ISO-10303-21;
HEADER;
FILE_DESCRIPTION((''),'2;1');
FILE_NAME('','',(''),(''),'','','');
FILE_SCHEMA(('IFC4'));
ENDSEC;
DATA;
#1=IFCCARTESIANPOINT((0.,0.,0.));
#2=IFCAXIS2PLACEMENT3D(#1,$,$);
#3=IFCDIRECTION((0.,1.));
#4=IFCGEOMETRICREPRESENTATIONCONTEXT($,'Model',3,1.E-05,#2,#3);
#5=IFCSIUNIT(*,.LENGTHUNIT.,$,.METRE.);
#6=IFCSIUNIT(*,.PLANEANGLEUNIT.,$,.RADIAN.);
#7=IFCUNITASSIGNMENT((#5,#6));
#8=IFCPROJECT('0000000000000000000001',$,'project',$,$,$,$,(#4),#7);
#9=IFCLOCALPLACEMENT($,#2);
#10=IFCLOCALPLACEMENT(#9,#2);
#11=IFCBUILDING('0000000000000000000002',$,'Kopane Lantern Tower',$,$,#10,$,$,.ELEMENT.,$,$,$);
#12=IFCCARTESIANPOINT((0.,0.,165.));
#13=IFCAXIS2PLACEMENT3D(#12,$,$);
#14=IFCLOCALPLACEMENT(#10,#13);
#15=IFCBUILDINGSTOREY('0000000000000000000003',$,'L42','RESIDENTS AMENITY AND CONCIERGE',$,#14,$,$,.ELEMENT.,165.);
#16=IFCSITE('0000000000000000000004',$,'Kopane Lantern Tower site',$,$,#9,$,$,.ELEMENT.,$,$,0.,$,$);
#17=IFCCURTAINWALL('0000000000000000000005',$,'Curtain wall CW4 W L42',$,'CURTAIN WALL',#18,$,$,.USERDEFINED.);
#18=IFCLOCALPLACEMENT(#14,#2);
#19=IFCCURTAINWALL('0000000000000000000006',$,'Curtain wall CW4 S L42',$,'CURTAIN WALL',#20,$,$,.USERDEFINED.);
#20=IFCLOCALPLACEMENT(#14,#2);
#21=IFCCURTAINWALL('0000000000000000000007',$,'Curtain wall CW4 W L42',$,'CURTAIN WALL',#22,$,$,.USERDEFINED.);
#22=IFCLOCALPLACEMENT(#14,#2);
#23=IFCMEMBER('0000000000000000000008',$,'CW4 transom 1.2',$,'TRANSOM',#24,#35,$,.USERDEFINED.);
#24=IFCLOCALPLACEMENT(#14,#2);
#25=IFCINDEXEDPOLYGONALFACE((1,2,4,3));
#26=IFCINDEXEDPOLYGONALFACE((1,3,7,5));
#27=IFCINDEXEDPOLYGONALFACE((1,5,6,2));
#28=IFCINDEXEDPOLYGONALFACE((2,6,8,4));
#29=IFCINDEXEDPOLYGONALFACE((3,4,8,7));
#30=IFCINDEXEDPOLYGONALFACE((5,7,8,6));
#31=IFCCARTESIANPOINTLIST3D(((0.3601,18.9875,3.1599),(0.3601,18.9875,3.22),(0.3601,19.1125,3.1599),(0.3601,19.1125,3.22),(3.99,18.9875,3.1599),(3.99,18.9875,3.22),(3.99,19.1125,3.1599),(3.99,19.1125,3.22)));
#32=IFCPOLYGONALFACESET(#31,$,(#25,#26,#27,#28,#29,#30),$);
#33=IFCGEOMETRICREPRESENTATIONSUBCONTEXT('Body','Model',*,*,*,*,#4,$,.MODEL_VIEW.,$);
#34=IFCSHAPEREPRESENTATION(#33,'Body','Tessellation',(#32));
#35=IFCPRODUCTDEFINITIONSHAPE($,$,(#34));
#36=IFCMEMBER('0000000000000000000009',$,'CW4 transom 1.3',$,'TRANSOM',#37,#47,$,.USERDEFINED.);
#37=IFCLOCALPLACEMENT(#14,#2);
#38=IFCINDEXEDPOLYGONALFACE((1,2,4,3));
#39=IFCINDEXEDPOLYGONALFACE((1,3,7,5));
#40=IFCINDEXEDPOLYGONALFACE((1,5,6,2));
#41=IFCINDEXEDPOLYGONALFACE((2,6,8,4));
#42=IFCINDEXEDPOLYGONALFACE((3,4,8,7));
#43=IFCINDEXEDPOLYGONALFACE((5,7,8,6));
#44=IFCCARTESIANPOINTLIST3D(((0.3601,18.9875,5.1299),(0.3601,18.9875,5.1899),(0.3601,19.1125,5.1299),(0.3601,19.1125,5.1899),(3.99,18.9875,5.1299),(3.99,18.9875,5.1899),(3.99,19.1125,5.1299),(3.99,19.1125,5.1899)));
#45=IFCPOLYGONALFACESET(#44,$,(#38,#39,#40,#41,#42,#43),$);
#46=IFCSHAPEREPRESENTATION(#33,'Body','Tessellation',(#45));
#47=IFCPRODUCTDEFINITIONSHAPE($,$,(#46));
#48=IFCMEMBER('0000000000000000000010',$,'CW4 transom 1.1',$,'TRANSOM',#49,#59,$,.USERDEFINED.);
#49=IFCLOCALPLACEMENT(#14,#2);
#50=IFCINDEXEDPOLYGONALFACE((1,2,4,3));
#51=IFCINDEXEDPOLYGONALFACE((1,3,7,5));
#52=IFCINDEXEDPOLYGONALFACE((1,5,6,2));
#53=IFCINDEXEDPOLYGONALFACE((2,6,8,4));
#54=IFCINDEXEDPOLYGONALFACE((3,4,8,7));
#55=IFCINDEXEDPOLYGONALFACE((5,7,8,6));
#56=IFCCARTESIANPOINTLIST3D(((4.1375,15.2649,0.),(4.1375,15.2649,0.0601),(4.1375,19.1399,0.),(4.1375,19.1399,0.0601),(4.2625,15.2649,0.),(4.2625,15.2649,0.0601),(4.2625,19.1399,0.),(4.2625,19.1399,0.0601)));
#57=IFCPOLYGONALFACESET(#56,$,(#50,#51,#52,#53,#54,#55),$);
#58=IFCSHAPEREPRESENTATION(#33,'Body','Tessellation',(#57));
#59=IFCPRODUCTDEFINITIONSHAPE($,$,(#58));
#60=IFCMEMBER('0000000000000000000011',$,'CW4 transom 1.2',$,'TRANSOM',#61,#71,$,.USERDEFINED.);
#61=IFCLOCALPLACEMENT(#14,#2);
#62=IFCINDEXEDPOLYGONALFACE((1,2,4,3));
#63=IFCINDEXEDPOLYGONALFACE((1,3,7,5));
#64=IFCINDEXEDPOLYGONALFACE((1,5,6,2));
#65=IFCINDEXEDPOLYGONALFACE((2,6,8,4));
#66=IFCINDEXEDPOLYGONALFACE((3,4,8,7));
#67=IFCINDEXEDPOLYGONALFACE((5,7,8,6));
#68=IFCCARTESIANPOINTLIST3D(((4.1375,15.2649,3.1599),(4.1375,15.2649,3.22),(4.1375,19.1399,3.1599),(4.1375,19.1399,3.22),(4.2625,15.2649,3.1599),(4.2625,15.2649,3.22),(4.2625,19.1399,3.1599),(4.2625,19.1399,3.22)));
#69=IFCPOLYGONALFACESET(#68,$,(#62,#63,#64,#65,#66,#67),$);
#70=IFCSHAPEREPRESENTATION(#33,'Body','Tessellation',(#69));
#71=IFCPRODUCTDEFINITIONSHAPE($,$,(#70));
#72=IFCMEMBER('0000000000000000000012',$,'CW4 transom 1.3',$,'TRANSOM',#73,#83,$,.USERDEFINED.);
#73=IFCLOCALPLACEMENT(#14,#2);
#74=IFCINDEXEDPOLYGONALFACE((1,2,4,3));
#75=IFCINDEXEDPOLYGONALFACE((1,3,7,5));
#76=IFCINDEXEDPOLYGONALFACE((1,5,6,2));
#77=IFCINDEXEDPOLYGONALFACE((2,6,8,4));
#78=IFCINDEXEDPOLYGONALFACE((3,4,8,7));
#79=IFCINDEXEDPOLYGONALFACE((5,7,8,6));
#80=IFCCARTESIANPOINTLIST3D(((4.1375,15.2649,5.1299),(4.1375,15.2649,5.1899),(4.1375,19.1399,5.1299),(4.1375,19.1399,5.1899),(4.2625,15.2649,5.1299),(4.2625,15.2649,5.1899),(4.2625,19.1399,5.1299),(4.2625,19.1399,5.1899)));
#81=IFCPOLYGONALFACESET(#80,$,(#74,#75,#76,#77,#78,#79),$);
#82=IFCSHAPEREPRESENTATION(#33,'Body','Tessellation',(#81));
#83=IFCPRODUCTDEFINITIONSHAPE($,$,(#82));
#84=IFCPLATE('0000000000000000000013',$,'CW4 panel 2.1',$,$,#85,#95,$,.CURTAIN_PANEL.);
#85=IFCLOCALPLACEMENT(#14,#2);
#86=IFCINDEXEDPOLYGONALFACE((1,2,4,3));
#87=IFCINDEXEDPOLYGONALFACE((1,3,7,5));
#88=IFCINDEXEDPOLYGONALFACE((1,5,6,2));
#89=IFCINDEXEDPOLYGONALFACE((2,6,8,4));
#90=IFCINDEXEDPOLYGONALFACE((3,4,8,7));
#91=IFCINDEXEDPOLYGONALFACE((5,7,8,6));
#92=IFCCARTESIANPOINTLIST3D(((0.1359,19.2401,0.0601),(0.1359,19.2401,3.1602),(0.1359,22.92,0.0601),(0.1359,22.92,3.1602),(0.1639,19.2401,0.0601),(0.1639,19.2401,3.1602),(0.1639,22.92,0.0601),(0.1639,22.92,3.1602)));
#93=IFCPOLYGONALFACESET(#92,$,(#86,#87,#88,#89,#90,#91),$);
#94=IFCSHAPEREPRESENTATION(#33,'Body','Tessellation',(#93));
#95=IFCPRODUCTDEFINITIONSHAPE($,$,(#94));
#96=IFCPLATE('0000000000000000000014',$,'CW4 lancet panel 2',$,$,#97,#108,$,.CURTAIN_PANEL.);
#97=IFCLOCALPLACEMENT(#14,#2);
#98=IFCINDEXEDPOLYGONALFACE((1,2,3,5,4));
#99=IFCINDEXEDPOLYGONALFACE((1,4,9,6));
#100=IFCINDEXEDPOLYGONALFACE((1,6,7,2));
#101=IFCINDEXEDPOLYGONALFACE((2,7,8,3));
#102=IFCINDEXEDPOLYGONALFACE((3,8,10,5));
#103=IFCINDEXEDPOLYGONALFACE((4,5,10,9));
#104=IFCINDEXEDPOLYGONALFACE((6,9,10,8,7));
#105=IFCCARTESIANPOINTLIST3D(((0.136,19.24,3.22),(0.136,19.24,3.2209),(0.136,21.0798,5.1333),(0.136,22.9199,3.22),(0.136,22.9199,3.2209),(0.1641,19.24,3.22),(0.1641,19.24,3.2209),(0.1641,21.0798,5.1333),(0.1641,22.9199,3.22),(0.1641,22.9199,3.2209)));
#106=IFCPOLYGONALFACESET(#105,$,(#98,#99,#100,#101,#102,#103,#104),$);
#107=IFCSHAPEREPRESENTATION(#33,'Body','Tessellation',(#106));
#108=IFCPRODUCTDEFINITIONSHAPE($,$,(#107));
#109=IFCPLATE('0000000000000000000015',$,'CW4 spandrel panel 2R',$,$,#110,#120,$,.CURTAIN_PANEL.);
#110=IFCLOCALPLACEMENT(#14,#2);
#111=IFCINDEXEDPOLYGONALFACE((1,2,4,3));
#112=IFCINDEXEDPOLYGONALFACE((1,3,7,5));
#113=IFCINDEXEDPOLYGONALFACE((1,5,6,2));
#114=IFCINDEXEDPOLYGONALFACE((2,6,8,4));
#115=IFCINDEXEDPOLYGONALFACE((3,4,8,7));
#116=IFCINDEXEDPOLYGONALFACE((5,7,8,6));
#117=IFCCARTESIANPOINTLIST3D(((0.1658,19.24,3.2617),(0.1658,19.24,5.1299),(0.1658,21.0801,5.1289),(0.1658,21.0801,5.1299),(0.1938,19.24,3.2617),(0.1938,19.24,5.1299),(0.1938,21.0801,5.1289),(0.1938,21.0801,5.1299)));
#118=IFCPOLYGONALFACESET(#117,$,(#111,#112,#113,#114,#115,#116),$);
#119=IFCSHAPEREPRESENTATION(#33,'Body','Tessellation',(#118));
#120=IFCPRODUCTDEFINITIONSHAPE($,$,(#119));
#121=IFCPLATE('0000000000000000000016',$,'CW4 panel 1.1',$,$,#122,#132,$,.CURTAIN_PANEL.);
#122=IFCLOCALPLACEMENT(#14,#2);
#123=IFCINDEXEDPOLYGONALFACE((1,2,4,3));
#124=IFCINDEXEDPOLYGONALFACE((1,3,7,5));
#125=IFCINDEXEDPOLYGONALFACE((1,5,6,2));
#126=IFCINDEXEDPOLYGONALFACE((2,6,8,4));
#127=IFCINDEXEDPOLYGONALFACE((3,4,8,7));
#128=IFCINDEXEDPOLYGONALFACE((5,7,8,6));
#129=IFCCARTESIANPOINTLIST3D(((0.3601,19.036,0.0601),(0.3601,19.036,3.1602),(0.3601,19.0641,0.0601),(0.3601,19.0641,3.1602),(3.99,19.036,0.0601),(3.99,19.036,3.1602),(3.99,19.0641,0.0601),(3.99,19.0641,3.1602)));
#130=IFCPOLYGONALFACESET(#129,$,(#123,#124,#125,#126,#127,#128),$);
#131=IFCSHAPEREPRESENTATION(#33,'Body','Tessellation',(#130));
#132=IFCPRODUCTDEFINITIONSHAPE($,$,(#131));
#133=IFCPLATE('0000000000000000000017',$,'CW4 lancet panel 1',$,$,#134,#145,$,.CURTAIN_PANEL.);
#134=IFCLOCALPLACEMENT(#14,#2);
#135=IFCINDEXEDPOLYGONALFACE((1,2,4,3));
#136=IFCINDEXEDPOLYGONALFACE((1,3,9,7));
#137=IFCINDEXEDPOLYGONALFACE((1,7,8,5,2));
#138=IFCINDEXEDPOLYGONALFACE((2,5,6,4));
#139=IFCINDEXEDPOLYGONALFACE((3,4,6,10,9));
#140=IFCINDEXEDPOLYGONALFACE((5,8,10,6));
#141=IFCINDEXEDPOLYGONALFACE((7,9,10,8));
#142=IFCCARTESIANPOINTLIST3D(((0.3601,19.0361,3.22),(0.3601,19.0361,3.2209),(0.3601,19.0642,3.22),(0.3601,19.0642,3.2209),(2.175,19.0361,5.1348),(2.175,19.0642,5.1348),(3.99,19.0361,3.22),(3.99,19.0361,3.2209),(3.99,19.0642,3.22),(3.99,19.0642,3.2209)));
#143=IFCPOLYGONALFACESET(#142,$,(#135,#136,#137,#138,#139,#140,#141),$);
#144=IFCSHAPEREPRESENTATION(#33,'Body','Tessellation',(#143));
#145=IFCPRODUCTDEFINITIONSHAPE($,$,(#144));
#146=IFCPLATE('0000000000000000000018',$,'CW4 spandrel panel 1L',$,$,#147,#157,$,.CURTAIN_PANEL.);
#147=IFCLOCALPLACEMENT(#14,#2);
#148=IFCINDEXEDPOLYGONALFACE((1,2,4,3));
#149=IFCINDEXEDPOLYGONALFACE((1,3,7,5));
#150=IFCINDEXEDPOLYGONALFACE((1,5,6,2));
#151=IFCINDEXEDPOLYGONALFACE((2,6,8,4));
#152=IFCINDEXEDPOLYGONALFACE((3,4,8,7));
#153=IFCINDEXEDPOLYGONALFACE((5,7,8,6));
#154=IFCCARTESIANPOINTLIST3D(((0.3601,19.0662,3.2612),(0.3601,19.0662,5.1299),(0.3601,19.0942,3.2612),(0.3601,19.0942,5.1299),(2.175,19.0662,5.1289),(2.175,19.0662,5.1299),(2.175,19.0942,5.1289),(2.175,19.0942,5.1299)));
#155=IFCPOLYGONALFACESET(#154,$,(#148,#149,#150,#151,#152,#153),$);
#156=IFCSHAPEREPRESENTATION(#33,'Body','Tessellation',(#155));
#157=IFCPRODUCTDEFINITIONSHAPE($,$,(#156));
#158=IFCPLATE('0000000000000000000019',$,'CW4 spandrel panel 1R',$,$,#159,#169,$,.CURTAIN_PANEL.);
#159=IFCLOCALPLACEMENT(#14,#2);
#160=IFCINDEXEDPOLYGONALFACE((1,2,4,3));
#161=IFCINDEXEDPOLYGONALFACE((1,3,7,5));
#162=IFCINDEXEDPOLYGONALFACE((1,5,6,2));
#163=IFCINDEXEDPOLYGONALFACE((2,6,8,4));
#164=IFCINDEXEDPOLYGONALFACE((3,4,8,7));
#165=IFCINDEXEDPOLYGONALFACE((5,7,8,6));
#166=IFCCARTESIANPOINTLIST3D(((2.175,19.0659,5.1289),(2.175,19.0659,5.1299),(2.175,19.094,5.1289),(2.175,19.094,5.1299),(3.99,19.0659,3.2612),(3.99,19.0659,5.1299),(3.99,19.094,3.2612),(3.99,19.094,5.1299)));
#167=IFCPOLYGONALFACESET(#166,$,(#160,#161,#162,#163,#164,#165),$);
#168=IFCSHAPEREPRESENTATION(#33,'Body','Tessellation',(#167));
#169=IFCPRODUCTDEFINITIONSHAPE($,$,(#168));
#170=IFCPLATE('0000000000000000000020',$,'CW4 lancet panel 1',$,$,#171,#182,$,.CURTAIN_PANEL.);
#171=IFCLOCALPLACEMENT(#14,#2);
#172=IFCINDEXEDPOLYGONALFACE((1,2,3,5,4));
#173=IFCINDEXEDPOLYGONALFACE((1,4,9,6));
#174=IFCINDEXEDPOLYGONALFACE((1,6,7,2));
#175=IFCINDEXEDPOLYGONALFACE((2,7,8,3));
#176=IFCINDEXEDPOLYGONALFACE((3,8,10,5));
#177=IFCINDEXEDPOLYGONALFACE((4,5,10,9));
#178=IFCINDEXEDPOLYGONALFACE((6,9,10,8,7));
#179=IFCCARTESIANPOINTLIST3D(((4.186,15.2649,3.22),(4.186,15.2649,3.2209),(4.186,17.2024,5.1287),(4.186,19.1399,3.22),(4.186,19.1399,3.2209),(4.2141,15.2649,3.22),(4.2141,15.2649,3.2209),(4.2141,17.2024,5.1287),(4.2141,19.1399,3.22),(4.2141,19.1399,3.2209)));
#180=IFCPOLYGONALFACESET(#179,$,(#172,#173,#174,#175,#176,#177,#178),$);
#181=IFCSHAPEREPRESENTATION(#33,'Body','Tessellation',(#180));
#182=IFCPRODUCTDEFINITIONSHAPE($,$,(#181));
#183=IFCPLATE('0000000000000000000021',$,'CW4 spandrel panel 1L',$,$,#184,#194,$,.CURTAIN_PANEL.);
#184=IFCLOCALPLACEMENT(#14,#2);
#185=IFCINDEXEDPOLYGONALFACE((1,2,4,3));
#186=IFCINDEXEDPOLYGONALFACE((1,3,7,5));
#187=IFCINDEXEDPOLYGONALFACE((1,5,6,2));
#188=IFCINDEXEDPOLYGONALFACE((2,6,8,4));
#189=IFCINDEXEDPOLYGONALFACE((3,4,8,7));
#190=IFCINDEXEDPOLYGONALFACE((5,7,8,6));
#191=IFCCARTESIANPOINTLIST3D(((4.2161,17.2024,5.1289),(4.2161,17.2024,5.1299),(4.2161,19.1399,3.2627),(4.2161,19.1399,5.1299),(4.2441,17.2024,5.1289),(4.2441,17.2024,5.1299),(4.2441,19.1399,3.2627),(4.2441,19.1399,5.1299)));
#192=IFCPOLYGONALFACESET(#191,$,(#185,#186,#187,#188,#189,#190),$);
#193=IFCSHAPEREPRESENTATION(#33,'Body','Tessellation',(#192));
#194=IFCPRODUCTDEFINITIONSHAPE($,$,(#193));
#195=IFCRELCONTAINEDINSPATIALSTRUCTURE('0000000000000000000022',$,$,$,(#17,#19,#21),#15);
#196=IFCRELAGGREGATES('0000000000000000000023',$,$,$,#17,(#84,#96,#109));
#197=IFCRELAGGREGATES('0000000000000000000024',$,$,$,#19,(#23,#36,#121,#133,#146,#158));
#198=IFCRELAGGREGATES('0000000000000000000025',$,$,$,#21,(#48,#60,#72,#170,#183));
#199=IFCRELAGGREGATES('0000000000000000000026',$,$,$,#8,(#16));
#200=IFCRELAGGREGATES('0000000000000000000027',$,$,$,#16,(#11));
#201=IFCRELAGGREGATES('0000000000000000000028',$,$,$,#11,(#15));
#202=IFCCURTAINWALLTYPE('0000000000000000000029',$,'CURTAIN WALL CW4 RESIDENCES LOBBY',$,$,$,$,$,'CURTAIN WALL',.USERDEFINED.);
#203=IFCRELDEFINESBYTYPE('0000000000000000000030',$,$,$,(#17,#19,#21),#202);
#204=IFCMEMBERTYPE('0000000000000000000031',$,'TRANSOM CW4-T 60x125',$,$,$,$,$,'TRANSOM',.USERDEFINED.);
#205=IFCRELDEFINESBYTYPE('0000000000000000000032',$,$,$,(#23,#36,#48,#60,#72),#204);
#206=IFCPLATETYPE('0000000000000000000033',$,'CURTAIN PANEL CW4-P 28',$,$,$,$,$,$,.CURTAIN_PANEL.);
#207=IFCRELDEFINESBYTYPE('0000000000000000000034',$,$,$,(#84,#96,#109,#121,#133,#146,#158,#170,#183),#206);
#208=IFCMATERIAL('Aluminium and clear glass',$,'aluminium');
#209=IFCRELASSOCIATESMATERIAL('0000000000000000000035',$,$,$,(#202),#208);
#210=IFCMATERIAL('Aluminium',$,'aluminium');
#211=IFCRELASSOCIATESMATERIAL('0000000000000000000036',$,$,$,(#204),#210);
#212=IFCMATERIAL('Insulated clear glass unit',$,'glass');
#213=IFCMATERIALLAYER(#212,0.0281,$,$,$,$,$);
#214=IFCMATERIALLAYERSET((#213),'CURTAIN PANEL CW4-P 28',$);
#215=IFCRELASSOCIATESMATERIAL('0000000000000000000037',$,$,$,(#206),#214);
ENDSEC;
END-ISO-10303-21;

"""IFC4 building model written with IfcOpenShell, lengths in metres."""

from ifc_helpers import new_model, si_unit, direction, frame, origin, origin_2d, place, context, subcontext, project, spatial, polyline, rectangle, outline, extrude, material, layer, layer_set, material_profile, profile_set, type_object, element, aggregate, save


model = new_model("IFC4")

# Units and contexts
model_context = context("Model", 3, precision=1e-05, world=origin(), true_north=direction((0.0, 1.0)))
body_context = subcontext(model_context, "Body", "Model", "MODEL_VIEW")
ifc_project = project(units=[si_unit("LENGTHUNIT", "METRE"), si_unit("PLANEANGLEUNIT", "RADIAN")], contexts=[model_context])

# Site, building, storey
site_placement = place(None, origin())
site = spatial("IfcSite", under=ifc_project, at=site_placement, Name="Kopane Lantern Tower site", CompositionType="ELEMENT", RefElevation=0.0)
building_placement = place(site_placement, origin())
building = spatial("IfcBuilding", under=site, at=building_placement, Name="Kopane Lantern Tower", CompositionType="ELEMENT")
storey_placement = place(building_placement, frame((0.0, 0.0, 165.0)))
storey = spatial("IfcBuildingStorey", under=building, at=storey_placement, Name="L42", Description="RESIDENTS AMENITY AND CONCIERGE", CompositionType="ELEMENT", Elevation=165.0)

# Curtain walls
ifc_material_1 = material(Name="Aluminium and clear glass", Category="aluminium")
curtain_wall_type = type_object("IfcCurtainWallType", Name="CURTAIN WALL CW4 RESIDENCES LOBBY", ElementType="CURTAIN WALL", PredefinedType="USERDEFINED", material=ifc_material_1)
curtain_wall_1_placement = place(storey_placement, origin())
curtain_wall_1 = element("IfcCurtainWall", 1, at=curtain_wall_1_placement, inside=storey, type_object=curtain_wall_type, Name="Curtain wall CW4 W L42", ObjectType="CURTAIN WALL", PredefinedType="USERDEFINED")
curtain_wall_2_placement = place(storey_placement, origin())
curtain_wall_2 = element("IfcCurtainWall", 2, at=curtain_wall_2_placement, inside=storey, type_object=curtain_wall_type, Name="Curtain wall CW4 S L42", ObjectType="CURTAIN WALL", PredefinedType="USERDEFINED")
curtain_wall_3_placement = place(storey_placement, origin())
curtain_wall_3 = element("IfcCurtainWall", 3, at=curtain_wall_3_placement, inside=storey, type_object=curtain_wall_type, Name="Curtain wall CW4 W L42", ObjectType="CURTAIN WALL", PredefinedType="USERDEFINED")

# Members
ifc_material_2 = material(Name="Aluminium", Category="aluminium")
ifc_material_profile_1 = material_profile(ifc_material_2, rectangle(XDim=0.125, YDim=0.0601, at=origin_2d()), Name="AL 125x60")
ifc_profile_set_1 = profile_set([ifc_material_profile_1], Name="Aluminium")
member_type_1 = type_object("IfcMemberType", Name="TRANSOM CW4-T 60x125", ElementType="TRANSOM", PredefinedType="USERDEFINED", material=ifc_profile_set_1)
member_1_placement = place(storey_placement, frame((0.3601, 19.05, 3.1899), z_axis=(1.0, 0.0, 0.0), x_axis=(0.0, 1.0, 0.0)))
member_1 = element("IfcMember", 4, at=member_1_placement, type_object=member_type_1, Name="CW4 transom 1.2", ObjectType="TRANSOM", PredefinedType="USERDEFINED", context=body_context, shape_type="SweptSolid", body=[
    extrude(rectangle(XDim=0.125, YDim=0.0601, at=origin_2d()), origin(), (0.0, 0.0, 1.0), 3.6299),
])
member_2_placement = place(storey_placement, frame((0.3601, 19.05, 5.1599), z_axis=(1.0, 0.0, 0.0), x_axis=(0.0, 1.0, 0.0)))
member_2 = element("IfcMember", 5, at=member_2_placement, type_object=member_type_1, Name="CW4 transom 1.3", ObjectType="TRANSOM", PredefinedType="USERDEFINED", context=body_context, shape_type="SweptSolid", body=[
    extrude(rectangle(XDim=0.125, YDim=0.0601, at=origin_2d()), origin(), (0.0, 0.0, 1.0), 3.6299),
])
member_3_placement = place(storey_placement, frame((4.2, 19.1399, 0.03), z_axis=(0.0, -1.0, 0.0), x_axis=(1.0, 0.0, 0.0)))
member_3 = element("IfcMember", 6, at=member_3_placement, type_object=member_type_1, Name="CW4 transom 1.1", ObjectType="TRANSOM", PredefinedType="USERDEFINED", context=body_context, shape_type="SweptSolid", body=[
    extrude(rectangle(XDim=0.125, YDim=0.0601, at=origin_2d()), origin(), (0.0, 0.0, 1.0), 3.875),
])
member_4_placement = place(storey_placement, frame((4.2, 19.1399, 3.1899), z_axis=(0.0, -1.0, 0.0), x_axis=(1.0, 0.0, 0.0)))
member_4 = element("IfcMember", 7, at=member_4_placement, type_object=member_type_1, Name="CW4 transom 1.2", ObjectType="TRANSOM", PredefinedType="USERDEFINED", context=body_context, shape_type="SweptSolid", body=[
    extrude(rectangle(XDim=0.125, YDim=0.0601, at=origin_2d()), origin(), (0.0, 0.0, 1.0), 3.875),
])
member_5_placement = place(storey_placement, frame((4.2, 19.1399, 5.1599), z_axis=(0.0, -1.0, 0.0), x_axis=(1.0, 0.0, 0.0)))
member_5 = element("IfcMember", 8, at=member_5_placement, type_object=member_type_1, Name="CW4 transom 1.3", ObjectType="TRANSOM", PredefinedType="USERDEFINED", context=body_context, shape_type="SweptSolid", body=[
    extrude(rectangle(XDim=0.125, YDim=0.0601, at=origin_2d()), origin(), (0.0, 0.0, 1.0), 3.875),
])

# Plates
ifc_material_3 = material(Name="Insulated clear glass unit", Category="glass")
ifc_layer = layer(ifc_material_3, 0.0281)
ifc_layer_set = layer_set([ifc_layer], Name="CURTAIN PANEL CW4-P 28")
plate_type = type_object("IfcPlateType", Name="CURTAIN PANEL CW4-P 28", PredefinedType="CURTAIN_PANEL", material=ifc_layer_set)
plate_1_placement = place(storey_placement, frame((0.1499, 21.0801, 0.0601), z_axis=(0.0, 0.0, 1.0), x_axis=(0.0, -1.0, 0.0)))
plate_1 = element("IfcPlate", 9, at=plate_1_placement, type_object=plate_type, Name="CW4 panel 2.1", PredefinedType="CURTAIN_PANEL", context=body_context, shape_type="SweptSolid", body=[
    extrude(rectangle(XDim=3.6799, YDim=0.0281, at=origin_2d()), origin(), (0.0, 0.0, 1.0), 3.1001),
])
plate_2_placement = place(storey_placement, frame((0.1499, 22.9199, 3.22), z_axis=(0.0, 0.0, 1.0), x_axis=(0.0, -1.0, 0.0)))
plate_2 = element("IfcPlate", 10, at=plate_2_placement, type_object=plate_type, Name="CW4 lancet panel 2", PredefinedType="CURTAIN_PANEL", context=body_context, shape_type="SweptSolid", body=[
    extrude(outline(polyline([(0.0, 0.0), (3.6799, 0.0), (3.6799, 0.001), (1.8401, 1.9133), (0.0, 0.001), (0.0, 0.0)])), frame((0.0, 0.0142, 0.0), z_axis=(0.0, -1.0, 0.0), x_axis=(1.0, 0.0, 0.0)), (0.0, 0.0, 1.0), 0.0281),
])
plate_3_placement = place(storey_placement, frame((0.1799, 19.24, 5.1299), z_axis=(0.0, 0.0, 1.0), x_axis=(0.0, 1.0, 0.0)))
plate_3 = element("IfcPlate", 11, at=plate_3_placement, type_object=plate_type, Name="CW4 spandrel panel 2R", PredefinedType="CURTAIN_PANEL", context=body_context, shape_type="SweptSolid", body=[
    extrude(outline(polyline([(0.0, 0.0), (1.8401, 0.0), (1.8401, -0.001), (0.0, -1.8682), (0.0, 0.0)])), frame((0.0, 0.0142, 0.0), z_axis=(0.0, -1.0, 0.0), x_axis=(1.0, 0.0, 0.0)), (0.0, 0.0, 1.0), 0.0281),
])
aggregate(curtain_wall_1, [plate_1, plate_2, plate_3])
plate_4_placement = place(storey_placement, frame((2.175, 19.05, 0.0601), z_axis=(0.0, 0.0, 1.0), x_axis=(1.0, 0.0, 0.0)))
plate_4 = element("IfcPlate", 12, at=plate_4_placement, type_object=plate_type, Name="CW4 panel 1.1", PredefinedType="CURTAIN_PANEL", context=body_context, shape_type="SweptSolid", body=[
    extrude(rectangle(XDim=3.6299, YDim=0.0281, at=origin_2d()), origin(), (0.0, 0.0, 1.0), 3.1001),
])
plate_5_placement = place(storey_placement, frame((0.3601, 19.05, 3.22), z_axis=(0.0, 0.0, 1.0), x_axis=(1.0, 0.0, 0.0)))
plate_5 = element("IfcPlate", 13, at=plate_5_placement, type_object=plate_type, Name="CW4 lancet panel 1", PredefinedType="CURTAIN_PANEL", context=body_context, shape_type="SweptSolid", body=[
    extrude(outline(polyline([(0.0, 0.0), (3.6299, 0.0), (3.6299, 0.001), (1.8149, 1.9148), (0.0, 0.001), (0.0, 0.0)])), frame((0.0, 0.0142, 0.0), z_axis=(0.0, -1.0, 0.0), x_axis=(1.0, 0.0, 0.0)), (0.0, 0.0, 1.0), 0.0281),
])
plate_6_placement = place(storey_placement, frame((0.3601, 19.0801, 5.1299), z_axis=(0.0, 0.0, 1.0), x_axis=(1.0, 0.0, 0.0)))
plate_6 = element("IfcPlate", 14, at=plate_6_placement, type_object=plate_type, Name="CW4 spandrel panel 1L", PredefinedType="CURTAIN_PANEL", context=body_context, shape_type="SweptSolid", body=[
    extrude(outline(polyline([(0.0, 0.0), (1.8149, 0.0), (1.8149, -0.001), (0.0, -1.8687), (0.0, 0.0)])), frame((0.0, 0.0142, 0.0), z_axis=(0.0, -1.0, 0.0), x_axis=(1.0, 0.0, 0.0)), (0.0, 0.0, 1.0), 0.0281),
])
plate_7_placement = place(storey_placement, frame((3.99, 19.0801, 5.1299), z_axis=(0.0, 0.0, 1.0), x_axis=(-1.0, 0.0, 0.0)))
plate_7 = element("IfcPlate", 15, at=plate_7_placement, type_object=plate_type, Name="CW4 spandrel panel 1R", PredefinedType="CURTAIN_PANEL", context=body_context, shape_type="SweptSolid", body=[
    extrude(outline(polyline([(0.0, 0.0), (1.8149, 0.0), (1.8149, -0.001), (0.0, -1.8687), (0.0, 0.0)])), frame((0.0, 0.0142, 0.0), z_axis=(0.0, -1.0, 0.0), x_axis=(1.0, 0.0, 0.0)), (0.0, 0.0, 1.0), 0.0281),
])
aggregate(curtain_wall_2, [member_1, member_2, plate_4, plate_5, plate_6, plate_7])
plate_8_placement = place(storey_placement, frame((4.2, 19.1399, 3.22), z_axis=(0.0, 0.0, 1.0), x_axis=(0.0, -1.0, 0.0)))
plate_8 = element("IfcPlate", 16, at=plate_8_placement, type_object=plate_type, Name="CW4 lancet panel 1", PredefinedType="CURTAIN_PANEL", context=body_context, shape_type="SweptSolid", body=[
    extrude(outline(polyline([(0.0, 0.0), (3.875, 0.0), (3.875, 0.001), (1.9375, 1.9087), (0.0, 0.001), (0.0, 0.0)])), frame((0.0, 0.0142, 0.0), z_axis=(0.0, -1.0, 0.0), x_axis=(1.0, 0.0, 0.0)), (0.0, 0.0, 1.0), 0.0281),
])
plate_9_placement = place(storey_placement, frame((4.23, 19.1399, 5.1299), z_axis=(0.0, 0.0, 1.0), x_axis=(0.0, -1.0, 0.0)))
plate_9 = element("IfcPlate", 17, at=plate_9_placement, type_object=plate_type, Name="CW4 spandrel panel 1L", PredefinedType="CURTAIN_PANEL", context=body_context, shape_type="SweptSolid", body=[
    extrude(outline(polyline([(0.0, 0.0), (1.9375, 0.0), (1.9375, -0.001), (0.0, -1.8672), (0.0, 0.0)])), frame((0.0, 0.0142, 0.0), z_axis=(0.0, -1.0, 0.0), x_axis=(1.0, 0.0, 0.0)), (0.0, 0.0, 1.0), 0.0281),
])
aggregate(curtain_wall_3, [member_3, member_4, member_5, plate_8, plate_9])

save(model, "model.ifc")
